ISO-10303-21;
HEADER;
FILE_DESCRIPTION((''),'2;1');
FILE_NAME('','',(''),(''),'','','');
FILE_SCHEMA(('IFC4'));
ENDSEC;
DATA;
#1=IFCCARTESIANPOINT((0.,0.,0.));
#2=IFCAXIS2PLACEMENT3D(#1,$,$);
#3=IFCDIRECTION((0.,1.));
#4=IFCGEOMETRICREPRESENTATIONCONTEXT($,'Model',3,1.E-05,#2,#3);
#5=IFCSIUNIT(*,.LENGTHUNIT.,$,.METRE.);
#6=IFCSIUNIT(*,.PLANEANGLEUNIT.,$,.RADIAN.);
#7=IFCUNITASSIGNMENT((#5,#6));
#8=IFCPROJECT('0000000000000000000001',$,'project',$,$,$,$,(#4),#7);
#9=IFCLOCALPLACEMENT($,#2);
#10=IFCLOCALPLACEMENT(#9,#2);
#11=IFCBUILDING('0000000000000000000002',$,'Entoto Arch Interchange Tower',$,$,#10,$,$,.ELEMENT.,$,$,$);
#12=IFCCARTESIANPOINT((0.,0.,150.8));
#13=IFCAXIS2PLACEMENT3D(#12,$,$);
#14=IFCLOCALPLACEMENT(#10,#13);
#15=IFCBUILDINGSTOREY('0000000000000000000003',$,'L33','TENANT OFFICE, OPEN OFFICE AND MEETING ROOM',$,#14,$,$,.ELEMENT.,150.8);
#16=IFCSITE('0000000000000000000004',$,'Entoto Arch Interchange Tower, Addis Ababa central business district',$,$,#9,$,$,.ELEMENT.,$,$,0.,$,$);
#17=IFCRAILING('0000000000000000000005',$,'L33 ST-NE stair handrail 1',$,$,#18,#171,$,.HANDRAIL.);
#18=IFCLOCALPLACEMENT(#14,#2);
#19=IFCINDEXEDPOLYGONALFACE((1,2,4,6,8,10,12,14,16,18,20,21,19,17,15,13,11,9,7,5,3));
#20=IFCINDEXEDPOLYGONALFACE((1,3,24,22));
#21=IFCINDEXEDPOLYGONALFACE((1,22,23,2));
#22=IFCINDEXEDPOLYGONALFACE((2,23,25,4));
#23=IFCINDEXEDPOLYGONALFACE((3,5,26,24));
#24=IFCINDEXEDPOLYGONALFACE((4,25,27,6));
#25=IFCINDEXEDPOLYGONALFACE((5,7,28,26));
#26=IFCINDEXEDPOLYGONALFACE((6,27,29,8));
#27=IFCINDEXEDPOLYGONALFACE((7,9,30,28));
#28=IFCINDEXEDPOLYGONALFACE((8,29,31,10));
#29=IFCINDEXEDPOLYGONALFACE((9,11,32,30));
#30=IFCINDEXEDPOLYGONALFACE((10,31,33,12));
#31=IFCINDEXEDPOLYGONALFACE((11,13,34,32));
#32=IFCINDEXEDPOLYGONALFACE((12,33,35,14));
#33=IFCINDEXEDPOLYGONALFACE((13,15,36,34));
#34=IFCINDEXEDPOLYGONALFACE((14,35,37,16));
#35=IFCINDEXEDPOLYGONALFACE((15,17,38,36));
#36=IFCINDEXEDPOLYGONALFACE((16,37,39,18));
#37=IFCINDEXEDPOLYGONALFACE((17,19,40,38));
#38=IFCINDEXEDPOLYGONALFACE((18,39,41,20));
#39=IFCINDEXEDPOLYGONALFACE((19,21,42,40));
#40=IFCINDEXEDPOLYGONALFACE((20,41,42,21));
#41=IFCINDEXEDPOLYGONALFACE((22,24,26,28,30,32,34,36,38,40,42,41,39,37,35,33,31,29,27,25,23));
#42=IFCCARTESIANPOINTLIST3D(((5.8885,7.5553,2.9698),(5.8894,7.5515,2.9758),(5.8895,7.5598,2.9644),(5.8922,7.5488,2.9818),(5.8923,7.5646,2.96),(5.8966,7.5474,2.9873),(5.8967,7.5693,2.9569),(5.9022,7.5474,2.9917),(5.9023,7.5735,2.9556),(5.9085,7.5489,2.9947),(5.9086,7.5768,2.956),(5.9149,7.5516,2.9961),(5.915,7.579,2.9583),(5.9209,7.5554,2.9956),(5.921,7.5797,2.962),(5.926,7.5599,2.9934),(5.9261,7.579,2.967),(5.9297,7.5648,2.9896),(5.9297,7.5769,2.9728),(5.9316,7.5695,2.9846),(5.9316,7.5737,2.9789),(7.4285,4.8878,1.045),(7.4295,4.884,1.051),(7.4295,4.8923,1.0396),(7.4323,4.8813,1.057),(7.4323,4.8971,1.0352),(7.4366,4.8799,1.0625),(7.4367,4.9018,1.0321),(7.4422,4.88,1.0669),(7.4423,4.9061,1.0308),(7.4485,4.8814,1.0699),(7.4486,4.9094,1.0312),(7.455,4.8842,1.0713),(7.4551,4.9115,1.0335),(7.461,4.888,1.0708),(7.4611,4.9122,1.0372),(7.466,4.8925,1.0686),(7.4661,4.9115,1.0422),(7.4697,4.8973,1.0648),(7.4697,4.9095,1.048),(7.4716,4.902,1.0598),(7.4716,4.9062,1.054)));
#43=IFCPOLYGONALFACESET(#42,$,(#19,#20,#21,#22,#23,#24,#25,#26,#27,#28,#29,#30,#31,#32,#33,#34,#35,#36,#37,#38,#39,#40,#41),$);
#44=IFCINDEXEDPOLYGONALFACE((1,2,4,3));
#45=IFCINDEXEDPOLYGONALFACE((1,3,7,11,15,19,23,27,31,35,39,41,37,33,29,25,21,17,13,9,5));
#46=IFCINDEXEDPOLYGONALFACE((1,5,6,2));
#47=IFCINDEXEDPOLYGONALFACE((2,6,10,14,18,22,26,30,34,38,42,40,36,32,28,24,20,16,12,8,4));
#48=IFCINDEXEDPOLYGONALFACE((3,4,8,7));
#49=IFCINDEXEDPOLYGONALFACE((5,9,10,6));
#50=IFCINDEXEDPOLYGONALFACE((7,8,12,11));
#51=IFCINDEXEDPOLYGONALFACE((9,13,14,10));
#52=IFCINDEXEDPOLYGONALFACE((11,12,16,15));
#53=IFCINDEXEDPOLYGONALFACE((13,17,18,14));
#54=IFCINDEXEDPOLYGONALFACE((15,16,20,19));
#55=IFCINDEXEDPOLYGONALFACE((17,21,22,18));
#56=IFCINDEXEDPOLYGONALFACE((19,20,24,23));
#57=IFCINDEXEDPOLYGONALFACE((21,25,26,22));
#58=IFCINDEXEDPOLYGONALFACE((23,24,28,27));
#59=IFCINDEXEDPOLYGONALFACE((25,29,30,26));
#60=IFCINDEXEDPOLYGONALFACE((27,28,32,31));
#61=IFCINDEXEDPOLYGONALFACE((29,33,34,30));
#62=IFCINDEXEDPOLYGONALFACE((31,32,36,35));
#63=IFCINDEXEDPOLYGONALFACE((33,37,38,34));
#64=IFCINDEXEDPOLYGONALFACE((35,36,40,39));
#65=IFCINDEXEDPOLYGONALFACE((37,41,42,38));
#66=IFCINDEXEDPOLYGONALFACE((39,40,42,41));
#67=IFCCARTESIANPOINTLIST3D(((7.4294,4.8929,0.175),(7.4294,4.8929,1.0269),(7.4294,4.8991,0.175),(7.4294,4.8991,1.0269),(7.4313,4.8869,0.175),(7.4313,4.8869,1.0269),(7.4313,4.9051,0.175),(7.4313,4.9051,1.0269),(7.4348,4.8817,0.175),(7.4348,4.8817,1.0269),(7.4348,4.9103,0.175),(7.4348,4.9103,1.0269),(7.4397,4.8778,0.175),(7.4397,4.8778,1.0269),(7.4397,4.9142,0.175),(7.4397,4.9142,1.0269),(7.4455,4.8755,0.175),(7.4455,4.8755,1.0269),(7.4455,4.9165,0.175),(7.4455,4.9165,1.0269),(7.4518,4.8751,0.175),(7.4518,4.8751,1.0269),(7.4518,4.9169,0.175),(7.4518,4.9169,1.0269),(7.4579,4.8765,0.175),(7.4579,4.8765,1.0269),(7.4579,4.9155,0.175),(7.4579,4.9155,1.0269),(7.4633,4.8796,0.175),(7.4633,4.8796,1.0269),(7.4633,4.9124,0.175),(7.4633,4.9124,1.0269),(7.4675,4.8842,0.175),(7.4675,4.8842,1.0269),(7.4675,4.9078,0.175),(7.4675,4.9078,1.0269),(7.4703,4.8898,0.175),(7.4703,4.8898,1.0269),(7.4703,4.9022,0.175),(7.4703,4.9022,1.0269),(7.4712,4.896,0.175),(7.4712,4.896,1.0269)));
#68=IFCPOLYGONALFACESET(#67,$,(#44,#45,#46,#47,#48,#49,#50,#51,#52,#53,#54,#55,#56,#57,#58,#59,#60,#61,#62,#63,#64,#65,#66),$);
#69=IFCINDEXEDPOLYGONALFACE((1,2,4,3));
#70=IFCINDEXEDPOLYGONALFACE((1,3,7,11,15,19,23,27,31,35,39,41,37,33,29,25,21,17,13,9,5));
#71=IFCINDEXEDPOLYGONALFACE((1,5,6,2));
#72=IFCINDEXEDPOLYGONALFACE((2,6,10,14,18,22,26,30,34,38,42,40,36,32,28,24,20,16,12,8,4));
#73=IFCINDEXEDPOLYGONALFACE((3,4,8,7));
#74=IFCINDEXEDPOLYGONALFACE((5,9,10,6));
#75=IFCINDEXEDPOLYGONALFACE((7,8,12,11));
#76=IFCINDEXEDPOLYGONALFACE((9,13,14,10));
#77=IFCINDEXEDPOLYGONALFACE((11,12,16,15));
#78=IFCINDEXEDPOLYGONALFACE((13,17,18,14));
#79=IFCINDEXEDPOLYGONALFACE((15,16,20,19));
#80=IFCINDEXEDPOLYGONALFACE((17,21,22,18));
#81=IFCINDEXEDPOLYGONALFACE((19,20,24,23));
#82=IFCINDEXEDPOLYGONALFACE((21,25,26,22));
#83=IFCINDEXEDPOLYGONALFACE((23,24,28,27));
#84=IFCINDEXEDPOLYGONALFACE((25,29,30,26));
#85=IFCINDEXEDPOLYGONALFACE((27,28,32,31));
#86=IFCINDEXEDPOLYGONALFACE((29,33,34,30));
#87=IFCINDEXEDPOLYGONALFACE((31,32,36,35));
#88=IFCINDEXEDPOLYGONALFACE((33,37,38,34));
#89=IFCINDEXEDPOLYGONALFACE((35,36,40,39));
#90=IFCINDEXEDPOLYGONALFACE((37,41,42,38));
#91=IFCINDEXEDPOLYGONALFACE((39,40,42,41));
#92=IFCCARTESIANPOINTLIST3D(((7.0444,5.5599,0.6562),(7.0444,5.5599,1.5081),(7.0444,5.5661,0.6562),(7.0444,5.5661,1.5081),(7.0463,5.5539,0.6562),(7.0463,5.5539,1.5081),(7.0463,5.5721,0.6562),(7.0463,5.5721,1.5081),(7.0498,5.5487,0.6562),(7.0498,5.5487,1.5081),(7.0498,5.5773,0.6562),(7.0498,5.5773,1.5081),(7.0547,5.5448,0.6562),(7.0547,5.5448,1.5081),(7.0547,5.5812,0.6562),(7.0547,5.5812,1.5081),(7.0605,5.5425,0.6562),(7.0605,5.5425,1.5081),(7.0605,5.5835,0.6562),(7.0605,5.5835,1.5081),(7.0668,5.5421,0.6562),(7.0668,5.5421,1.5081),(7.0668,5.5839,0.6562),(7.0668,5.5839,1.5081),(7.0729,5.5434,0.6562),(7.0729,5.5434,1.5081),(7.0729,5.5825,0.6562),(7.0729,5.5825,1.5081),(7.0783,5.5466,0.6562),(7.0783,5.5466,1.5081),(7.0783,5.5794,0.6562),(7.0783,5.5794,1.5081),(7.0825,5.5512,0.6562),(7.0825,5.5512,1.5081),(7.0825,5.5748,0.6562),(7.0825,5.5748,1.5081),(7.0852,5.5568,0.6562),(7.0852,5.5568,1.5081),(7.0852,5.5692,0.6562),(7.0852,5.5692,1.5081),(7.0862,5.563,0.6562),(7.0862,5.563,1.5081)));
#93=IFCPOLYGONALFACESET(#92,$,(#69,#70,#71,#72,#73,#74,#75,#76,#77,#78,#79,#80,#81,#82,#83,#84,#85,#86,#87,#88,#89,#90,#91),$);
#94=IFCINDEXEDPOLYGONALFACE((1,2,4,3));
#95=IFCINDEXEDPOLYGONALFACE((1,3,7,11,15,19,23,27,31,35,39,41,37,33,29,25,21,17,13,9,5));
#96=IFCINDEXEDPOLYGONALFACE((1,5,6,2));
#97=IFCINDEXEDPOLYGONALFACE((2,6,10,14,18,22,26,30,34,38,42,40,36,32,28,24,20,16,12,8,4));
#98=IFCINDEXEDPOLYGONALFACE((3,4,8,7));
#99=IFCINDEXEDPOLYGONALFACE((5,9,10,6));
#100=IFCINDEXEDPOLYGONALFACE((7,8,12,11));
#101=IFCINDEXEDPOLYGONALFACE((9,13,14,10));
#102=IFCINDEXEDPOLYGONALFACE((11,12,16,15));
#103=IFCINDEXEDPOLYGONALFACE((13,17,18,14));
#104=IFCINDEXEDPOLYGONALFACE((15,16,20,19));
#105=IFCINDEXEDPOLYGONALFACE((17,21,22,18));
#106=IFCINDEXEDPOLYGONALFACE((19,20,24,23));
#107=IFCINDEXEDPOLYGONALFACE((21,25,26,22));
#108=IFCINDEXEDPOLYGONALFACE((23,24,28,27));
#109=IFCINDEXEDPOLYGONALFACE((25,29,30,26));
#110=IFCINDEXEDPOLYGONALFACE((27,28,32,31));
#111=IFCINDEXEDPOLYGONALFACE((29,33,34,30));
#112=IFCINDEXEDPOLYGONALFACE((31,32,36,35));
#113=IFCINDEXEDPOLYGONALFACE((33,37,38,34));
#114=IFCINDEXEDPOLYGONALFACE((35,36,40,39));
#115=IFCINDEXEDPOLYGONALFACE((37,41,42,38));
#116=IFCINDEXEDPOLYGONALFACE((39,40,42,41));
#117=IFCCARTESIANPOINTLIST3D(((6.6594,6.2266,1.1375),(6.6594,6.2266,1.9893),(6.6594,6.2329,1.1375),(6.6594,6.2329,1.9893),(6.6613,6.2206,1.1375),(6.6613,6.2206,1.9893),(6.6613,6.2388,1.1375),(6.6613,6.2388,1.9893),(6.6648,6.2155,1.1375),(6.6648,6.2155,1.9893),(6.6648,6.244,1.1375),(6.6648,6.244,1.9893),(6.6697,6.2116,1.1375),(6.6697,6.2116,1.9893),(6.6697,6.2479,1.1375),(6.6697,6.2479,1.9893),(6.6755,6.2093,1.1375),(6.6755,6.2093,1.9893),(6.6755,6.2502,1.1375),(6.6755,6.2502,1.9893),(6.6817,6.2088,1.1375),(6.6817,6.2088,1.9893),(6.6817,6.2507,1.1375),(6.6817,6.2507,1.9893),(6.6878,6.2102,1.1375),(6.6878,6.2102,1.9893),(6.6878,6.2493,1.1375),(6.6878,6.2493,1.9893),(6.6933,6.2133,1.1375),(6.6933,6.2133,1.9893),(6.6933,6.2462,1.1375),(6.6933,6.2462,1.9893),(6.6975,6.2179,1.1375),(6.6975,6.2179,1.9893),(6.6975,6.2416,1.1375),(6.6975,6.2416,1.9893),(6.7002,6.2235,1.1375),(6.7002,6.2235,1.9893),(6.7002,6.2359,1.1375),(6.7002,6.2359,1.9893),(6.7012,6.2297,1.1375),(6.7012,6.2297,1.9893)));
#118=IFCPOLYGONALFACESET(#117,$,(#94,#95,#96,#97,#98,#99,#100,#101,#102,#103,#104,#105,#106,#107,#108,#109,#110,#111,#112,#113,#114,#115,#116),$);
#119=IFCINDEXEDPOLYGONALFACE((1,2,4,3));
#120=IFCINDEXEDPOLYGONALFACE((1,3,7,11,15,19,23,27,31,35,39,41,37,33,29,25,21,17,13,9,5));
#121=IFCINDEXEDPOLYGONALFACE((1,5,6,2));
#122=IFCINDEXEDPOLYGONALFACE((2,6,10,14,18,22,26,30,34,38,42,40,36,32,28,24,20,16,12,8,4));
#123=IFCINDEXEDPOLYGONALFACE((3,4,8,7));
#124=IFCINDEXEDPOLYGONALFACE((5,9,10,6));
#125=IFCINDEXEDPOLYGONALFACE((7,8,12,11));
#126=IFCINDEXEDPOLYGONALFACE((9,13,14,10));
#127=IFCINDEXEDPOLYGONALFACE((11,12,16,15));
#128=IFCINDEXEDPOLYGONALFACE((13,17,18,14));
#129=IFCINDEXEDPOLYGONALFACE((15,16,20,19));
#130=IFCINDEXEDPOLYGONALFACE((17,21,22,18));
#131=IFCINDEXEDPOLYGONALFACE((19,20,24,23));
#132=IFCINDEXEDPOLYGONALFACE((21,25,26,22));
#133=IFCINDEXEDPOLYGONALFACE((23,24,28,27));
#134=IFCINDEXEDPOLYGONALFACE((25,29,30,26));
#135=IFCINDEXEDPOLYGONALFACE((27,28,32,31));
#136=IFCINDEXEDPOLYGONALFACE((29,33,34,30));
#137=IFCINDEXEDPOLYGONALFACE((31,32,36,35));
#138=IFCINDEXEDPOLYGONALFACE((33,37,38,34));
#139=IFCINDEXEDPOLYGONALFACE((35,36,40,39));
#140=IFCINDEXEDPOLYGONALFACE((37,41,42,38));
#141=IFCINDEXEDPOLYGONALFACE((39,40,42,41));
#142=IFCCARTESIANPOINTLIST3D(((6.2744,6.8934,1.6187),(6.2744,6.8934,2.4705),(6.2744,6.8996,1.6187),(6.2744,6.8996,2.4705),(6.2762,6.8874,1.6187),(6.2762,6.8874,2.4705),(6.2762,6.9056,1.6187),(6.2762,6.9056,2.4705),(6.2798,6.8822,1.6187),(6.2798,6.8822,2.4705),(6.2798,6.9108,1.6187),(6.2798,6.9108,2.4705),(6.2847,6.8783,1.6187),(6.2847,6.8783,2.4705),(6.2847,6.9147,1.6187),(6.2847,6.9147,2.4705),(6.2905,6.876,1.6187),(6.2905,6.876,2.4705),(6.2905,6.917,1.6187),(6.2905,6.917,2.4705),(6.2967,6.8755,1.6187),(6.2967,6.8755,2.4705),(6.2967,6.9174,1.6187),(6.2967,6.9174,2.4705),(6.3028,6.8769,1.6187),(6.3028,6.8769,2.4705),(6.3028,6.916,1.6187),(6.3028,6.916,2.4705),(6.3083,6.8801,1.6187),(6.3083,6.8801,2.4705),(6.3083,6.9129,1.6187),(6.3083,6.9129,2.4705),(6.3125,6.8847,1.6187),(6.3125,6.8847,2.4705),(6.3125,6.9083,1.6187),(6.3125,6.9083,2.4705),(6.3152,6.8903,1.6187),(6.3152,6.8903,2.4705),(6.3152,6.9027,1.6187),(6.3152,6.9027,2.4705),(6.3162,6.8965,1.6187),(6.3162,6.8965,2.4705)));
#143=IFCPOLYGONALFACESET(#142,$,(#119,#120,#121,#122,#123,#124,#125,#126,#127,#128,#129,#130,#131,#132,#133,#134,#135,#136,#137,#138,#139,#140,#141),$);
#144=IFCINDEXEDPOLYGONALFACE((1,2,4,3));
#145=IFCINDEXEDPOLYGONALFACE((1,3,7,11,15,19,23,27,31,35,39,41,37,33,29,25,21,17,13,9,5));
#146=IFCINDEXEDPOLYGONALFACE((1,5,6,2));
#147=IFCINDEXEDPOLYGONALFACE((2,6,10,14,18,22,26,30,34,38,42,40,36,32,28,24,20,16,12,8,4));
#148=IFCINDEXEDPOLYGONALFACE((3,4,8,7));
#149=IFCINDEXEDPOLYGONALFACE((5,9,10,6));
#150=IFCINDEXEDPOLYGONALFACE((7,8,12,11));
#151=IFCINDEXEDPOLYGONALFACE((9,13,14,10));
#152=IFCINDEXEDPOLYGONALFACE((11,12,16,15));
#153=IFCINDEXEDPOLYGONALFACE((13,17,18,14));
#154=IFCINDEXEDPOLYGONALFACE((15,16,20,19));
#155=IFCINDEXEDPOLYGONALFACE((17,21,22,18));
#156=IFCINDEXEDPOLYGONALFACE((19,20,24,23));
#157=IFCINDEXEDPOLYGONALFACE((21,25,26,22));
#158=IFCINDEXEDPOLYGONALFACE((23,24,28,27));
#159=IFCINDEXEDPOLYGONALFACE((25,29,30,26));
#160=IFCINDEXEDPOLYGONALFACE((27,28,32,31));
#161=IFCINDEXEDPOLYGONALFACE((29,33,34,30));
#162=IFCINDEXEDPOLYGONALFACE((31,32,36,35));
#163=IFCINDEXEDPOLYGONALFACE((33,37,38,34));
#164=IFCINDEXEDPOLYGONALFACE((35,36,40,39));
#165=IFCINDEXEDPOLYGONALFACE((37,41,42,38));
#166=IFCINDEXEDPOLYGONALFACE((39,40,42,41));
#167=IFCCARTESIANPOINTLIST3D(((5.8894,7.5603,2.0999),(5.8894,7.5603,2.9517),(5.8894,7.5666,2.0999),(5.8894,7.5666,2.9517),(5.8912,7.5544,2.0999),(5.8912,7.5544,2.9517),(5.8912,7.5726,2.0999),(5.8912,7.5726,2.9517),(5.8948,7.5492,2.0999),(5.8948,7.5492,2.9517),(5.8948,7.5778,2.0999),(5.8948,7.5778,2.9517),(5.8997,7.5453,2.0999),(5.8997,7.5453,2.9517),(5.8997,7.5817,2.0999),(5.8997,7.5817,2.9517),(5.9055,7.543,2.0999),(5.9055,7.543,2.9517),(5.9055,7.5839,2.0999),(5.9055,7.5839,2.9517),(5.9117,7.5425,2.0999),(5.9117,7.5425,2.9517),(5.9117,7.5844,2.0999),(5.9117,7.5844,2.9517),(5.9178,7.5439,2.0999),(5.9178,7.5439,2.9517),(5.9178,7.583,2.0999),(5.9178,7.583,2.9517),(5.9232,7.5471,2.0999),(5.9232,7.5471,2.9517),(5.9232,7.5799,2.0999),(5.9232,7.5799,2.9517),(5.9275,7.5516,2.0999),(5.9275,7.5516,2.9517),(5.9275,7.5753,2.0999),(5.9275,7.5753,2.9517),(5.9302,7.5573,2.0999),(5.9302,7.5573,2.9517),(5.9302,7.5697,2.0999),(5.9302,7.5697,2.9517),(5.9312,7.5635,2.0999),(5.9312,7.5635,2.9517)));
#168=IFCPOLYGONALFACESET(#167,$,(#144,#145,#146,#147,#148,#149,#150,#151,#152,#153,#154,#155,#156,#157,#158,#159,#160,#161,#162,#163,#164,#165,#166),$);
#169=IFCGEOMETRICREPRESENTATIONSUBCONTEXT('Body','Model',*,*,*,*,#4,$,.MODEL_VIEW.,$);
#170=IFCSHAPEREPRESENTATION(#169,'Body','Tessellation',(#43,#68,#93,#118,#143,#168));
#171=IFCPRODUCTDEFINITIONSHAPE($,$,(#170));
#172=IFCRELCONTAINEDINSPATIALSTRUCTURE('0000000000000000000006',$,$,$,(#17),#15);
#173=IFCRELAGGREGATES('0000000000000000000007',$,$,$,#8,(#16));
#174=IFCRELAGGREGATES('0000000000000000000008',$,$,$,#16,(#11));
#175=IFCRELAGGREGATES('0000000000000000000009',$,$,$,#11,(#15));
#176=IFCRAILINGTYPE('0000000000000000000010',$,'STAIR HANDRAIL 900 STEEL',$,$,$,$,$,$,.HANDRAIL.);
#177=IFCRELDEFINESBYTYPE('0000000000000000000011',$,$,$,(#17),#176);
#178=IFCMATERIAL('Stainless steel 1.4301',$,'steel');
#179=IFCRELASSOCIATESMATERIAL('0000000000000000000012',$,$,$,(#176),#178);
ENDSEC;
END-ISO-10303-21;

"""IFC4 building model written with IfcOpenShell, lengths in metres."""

from ifc_helpers import new_model, si_unit, direction, frame, origin, origin_2d, place, context, subcontext, project, spatial, circle, extrude, material, type_object, element, save


model = new_model("IFC4")

# Units and contexts
model_context = context("Model", 3, precision=1e-05, world=origin(), true_north=direction((0.0, 1.0)))
body_context = subcontext(model_context, "Body", "Model", "MODEL_VIEW")
ifc_project = project(units=[si_unit("LENGTHUNIT", "METRE"), si_unit("PLANEANGLEUNIT", "RADIAN")], contexts=[model_context])

# Site, building, storey
site_placement = place(None, origin())
site = spatial("IfcSite", under=ifc_project, at=site_placement, Name="Entoto Arch Interchange Tower, Addis Ababa central business district", CompositionType="ELEMENT", RefElevation=0.0)
building_placement = place(site_placement, origin())
building = spatial("IfcBuilding", under=site, at=building_placement, Name="Entoto Arch Interchange Tower", CompositionType="ELEMENT")
storey_placement = place(building_placement, frame((0.0, 0.0, 150.8)))
storey = spatial("IfcBuildingStorey", under=building, at=storey_placement, Name="L33", Description="TENANT OFFICE, OPEN OFFICE AND MEETING ROOM", CompositionType="ELEMENT", Elevation=150.8)

# Railing
ifc_material_1 = material(Name="Stainless steel 1.4301", Category="steel")
railing_type_1 = type_object("IfcRailingType", Name="STAIR HANDRAIL 900 STEEL", PredefinedType="HANDRAIL", material=ifc_material_1)
railing_1_placement = place(storey_placement, frame((7.4502, 4.896, 0.175)))
element("IfcRailing", 1, at=railing_1_placement, inside=storey, type_object=railing_type_1, Name="L33 ST-NE stair handrail 1", PredefinedType="HANDRAIL", context=body_context, shape_type="SweptSolid", body=[
    extrude(circle(Radius=0.0239, at=origin_2d()), frame((0.0, 0.0, 0.876), z_axis=(-0.42401, 0.734421, 0.529945), x_axis=(-0.86603, -0.499992, 0.0)), (0.0, 0.0, 1.0), 3.6321),
    extrude(circle(Radius=0.021, at=origin_2d()), origin(), (0.0, 0.0, 1.0), 0.8518),
    extrude(circle(Radius=0.021, at=origin_2d()), frame((-0.385, 0.667, 0.4812)), (0.0, 0.0, 1.0), 0.8518),
    extrude(circle(Radius=0.021, at=origin_2d()), frame((-0.77, 1.3337, 0.9624)), (0.0, 0.0, 1.0), 0.8518),
    extrude(circle(Radius=0.021, at=origin_2d()), frame((-1.155, 2.0005, 1.4436)), (0.0, 0.0, 1.0), 0.8518),
    extrude(circle(Radius=0.021, at=origin_2d()), frame((-1.54, 2.6675, 1.9248)), (0.0, 0.0, 1.0), 0.8518),
])

save(model, "model.ifc")
